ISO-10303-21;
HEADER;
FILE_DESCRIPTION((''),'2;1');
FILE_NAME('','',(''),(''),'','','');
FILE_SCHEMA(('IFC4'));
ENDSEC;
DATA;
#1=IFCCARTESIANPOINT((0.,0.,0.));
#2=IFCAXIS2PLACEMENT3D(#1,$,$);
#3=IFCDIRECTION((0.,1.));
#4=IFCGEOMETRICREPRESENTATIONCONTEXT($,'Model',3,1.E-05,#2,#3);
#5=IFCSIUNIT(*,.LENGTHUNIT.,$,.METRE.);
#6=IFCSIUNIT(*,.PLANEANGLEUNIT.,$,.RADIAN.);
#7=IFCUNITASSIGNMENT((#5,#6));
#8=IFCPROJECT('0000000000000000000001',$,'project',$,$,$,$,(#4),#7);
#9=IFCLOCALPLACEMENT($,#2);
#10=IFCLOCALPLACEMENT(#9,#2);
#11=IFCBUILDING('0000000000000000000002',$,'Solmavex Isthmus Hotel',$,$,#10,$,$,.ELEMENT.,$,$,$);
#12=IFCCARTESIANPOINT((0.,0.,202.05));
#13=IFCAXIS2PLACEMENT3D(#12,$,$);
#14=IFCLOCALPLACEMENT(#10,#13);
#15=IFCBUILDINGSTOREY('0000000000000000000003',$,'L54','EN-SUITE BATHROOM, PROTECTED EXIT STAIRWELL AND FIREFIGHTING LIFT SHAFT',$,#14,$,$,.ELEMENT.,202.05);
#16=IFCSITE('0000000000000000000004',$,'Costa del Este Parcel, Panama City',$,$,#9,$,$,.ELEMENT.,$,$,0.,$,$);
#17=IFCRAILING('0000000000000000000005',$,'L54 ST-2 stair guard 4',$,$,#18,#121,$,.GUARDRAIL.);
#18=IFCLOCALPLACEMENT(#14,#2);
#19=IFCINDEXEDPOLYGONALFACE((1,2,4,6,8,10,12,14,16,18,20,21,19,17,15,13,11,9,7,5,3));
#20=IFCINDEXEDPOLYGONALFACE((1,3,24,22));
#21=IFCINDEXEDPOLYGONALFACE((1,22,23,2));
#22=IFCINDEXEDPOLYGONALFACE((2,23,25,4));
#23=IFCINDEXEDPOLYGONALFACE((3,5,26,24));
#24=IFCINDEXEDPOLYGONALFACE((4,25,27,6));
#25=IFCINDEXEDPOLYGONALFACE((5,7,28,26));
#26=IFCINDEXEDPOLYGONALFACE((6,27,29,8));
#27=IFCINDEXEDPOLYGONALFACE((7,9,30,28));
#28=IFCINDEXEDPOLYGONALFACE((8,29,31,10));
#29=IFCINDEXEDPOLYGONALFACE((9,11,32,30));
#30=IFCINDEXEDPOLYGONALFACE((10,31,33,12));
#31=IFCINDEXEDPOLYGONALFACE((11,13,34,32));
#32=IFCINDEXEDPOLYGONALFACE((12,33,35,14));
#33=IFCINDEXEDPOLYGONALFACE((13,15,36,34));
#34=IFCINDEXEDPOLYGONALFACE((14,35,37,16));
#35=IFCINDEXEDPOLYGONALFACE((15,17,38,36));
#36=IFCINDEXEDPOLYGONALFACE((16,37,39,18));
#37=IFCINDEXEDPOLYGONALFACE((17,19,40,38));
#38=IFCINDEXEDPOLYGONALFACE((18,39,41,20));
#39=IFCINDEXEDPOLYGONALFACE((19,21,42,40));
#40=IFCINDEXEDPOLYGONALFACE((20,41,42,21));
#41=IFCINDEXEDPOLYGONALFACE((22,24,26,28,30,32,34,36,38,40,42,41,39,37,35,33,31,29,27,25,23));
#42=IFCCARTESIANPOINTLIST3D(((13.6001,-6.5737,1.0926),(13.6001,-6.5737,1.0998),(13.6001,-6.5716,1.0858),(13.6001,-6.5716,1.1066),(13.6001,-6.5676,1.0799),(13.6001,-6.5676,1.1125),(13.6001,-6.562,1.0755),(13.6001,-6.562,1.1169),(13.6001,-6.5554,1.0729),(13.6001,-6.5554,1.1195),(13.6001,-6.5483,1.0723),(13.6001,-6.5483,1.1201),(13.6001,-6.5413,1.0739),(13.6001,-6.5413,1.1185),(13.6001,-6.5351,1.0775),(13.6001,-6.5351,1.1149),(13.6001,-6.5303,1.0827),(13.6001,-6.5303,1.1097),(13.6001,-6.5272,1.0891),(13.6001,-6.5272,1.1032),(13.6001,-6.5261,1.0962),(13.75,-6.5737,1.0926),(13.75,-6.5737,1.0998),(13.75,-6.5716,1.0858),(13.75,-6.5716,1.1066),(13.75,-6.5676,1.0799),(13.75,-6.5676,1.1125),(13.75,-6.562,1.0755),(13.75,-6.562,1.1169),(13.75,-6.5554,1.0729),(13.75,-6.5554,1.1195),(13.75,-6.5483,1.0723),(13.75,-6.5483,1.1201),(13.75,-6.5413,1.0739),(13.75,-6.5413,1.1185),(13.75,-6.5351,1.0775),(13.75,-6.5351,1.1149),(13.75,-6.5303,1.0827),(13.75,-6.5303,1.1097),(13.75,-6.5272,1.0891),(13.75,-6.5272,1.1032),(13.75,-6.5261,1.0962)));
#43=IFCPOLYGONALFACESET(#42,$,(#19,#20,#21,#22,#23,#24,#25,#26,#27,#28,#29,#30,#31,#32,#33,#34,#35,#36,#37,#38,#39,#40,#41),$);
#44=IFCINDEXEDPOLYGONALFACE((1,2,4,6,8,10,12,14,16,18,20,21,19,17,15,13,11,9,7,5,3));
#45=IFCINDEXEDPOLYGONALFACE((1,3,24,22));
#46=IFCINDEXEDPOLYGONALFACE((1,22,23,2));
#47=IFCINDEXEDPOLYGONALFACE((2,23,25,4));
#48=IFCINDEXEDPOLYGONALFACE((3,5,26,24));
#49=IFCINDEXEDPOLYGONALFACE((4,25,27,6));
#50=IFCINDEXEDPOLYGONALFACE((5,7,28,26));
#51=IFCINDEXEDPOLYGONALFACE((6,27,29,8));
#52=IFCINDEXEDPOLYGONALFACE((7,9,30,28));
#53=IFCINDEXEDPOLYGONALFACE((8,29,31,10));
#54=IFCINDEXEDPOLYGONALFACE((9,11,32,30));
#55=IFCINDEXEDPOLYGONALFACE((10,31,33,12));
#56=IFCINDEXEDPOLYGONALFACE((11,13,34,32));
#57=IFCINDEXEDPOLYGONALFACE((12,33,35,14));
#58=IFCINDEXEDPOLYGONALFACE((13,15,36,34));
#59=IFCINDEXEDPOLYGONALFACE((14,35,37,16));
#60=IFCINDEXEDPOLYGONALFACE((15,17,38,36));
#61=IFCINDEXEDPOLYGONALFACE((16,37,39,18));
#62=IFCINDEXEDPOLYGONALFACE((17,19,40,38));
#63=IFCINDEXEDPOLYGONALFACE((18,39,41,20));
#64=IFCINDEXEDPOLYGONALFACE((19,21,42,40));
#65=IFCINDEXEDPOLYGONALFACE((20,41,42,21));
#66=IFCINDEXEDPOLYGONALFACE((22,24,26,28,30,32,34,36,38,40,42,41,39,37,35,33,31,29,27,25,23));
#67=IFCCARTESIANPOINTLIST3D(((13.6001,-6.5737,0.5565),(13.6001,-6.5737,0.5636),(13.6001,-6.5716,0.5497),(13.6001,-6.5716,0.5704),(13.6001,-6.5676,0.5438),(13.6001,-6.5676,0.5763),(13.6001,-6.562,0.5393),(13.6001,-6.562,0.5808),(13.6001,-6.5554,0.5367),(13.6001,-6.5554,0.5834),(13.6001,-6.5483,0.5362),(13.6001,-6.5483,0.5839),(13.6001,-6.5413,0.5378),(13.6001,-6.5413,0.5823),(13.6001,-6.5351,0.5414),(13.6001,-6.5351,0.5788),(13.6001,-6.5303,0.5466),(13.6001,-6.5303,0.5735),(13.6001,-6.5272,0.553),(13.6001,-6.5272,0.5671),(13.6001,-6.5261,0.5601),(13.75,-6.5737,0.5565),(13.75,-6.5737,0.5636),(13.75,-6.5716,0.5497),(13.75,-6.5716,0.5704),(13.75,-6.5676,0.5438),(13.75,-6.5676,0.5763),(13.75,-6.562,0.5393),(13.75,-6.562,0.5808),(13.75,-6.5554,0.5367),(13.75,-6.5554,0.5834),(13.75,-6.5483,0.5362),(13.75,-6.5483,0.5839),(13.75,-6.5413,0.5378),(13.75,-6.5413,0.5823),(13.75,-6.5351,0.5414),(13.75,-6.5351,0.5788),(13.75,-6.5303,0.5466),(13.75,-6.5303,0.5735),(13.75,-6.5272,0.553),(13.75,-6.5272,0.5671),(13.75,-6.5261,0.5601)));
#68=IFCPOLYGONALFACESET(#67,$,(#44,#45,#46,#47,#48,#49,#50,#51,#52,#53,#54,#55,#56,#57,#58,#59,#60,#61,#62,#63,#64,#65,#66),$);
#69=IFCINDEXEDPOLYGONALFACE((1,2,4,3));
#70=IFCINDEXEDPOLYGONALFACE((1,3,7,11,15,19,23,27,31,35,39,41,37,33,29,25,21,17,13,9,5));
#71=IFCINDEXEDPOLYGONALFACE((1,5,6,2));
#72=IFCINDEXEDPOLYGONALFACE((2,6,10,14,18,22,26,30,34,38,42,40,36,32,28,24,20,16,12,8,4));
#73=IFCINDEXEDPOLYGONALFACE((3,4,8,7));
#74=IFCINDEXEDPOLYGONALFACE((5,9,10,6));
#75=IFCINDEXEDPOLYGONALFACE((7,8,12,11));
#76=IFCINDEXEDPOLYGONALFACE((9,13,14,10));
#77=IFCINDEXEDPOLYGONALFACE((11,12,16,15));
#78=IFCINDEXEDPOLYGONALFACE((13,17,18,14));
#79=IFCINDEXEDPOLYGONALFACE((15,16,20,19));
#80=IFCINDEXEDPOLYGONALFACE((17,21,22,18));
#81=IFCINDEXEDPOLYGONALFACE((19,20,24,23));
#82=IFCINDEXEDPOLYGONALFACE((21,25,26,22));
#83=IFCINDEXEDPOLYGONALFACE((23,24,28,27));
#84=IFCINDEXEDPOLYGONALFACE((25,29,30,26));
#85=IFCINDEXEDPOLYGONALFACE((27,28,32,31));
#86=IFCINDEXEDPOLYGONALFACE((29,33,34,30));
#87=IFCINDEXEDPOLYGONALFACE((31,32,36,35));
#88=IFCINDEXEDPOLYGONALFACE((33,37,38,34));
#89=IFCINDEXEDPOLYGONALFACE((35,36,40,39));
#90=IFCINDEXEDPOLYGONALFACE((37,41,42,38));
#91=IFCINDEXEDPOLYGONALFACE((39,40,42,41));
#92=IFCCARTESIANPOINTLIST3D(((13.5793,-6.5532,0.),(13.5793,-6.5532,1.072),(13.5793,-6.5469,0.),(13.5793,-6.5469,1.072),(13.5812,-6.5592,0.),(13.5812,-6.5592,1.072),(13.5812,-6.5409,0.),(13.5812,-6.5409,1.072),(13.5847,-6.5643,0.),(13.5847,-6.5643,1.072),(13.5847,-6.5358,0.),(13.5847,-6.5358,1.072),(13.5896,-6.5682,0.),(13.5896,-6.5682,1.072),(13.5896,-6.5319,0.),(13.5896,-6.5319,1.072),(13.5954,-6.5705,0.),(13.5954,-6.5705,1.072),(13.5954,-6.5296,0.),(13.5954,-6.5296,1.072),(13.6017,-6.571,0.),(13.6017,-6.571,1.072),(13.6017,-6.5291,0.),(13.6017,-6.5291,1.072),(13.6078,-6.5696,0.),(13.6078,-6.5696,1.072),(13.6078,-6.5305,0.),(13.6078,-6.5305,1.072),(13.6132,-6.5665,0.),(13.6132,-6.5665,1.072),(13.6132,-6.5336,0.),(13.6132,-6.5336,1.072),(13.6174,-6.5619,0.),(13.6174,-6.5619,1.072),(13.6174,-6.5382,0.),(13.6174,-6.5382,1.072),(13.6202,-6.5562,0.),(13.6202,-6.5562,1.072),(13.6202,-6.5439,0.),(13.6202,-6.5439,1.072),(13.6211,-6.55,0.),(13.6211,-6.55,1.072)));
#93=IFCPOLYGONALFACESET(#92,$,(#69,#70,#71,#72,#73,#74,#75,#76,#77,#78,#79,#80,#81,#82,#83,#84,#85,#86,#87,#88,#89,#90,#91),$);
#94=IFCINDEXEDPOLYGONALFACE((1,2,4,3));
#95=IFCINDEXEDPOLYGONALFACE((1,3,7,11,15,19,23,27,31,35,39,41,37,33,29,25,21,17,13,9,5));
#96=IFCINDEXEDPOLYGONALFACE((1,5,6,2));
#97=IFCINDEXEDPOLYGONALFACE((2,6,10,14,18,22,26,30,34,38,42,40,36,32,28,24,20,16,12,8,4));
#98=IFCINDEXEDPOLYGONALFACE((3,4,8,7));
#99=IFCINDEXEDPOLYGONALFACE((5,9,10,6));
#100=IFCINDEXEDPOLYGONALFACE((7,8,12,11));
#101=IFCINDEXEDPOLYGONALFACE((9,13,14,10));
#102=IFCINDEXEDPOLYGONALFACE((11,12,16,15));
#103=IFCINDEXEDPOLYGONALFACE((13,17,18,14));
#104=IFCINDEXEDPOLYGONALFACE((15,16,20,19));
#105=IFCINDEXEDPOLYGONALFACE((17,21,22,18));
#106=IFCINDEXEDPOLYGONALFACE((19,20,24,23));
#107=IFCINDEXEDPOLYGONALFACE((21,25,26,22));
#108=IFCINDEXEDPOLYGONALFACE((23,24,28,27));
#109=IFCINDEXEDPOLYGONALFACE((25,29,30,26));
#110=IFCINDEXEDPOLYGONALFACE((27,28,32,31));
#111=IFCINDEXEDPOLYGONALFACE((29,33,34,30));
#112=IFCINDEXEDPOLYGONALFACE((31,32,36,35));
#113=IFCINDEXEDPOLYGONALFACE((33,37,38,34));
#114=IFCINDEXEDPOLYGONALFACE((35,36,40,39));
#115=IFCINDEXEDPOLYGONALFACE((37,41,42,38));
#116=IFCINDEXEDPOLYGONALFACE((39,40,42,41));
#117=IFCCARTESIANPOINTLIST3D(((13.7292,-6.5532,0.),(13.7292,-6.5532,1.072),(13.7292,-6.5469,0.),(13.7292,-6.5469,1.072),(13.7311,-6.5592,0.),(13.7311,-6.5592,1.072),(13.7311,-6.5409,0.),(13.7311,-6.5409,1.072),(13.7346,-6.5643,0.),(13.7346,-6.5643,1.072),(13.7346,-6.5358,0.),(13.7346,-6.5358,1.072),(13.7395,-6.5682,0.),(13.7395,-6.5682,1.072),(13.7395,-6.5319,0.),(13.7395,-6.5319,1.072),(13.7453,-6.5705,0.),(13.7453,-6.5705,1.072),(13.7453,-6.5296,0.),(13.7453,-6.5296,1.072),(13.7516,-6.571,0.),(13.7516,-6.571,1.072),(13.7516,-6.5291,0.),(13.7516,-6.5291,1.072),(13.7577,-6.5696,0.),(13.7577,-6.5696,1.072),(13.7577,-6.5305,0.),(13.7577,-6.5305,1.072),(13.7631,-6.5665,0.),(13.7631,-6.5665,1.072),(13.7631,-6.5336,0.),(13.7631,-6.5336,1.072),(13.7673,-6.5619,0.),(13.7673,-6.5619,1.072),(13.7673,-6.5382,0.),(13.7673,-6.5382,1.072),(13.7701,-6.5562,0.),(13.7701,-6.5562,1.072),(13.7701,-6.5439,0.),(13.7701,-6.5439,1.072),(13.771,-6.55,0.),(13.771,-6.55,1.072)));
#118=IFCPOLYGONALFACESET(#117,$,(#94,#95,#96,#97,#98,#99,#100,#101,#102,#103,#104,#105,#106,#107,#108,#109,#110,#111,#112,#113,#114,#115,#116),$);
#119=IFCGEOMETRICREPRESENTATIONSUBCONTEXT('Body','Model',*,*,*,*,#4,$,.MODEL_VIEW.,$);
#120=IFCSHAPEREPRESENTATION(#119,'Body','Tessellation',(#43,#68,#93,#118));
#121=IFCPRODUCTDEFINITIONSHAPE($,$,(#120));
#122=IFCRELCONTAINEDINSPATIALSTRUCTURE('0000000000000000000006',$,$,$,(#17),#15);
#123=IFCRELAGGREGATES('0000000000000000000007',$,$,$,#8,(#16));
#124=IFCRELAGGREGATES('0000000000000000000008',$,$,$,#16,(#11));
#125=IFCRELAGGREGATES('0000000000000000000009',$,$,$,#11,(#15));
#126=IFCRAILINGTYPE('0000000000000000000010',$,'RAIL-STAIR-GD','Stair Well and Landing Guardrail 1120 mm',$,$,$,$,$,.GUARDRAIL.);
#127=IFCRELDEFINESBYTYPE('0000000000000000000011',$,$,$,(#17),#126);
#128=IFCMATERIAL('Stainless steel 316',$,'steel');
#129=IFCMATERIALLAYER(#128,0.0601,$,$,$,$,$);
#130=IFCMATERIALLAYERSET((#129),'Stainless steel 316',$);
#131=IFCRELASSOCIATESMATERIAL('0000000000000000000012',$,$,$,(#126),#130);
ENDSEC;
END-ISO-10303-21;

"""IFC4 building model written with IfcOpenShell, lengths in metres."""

from ifc_helpers import new_model, si_unit, direction, frame, origin, origin_2d, place, context, subcontext, project, spatial, circle, extrude, material, layer, layer_set, type_object, element, save


model = new_model("IFC4")

# Units and contexts
model_context = context("Model", 3, precision=1e-05, world=origin(), true_north=direction((0.0, 1.0)))
body_context = subcontext(model_context, "Body", "Model", "MODEL_VIEW")
ifc_project = project(units=[si_unit("LENGTHUNIT", "METRE"), si_unit("PLANEANGLEUNIT", "RADIAN")], contexts=[model_context])

# Site, building, storey
site_placement = place(None, origin())
site = spatial("IfcSite", under=ifc_project, at=site_placement, Name="Costa del Este Parcel, Panama City", CompositionType="ELEMENT", RefElevation=0.0)
building_placement = place(site_placement, origin())
building = spatial("IfcBuilding", under=site, at=building_placement, Name="Solmavex Isthmus Hotel", CompositionType="ELEMENT")
storey_placement = place(building_placement, frame((0.0, 0.0, 202.05)))
storey = spatial("IfcBuildingStorey", under=building, at=storey_placement, Name="L54", Description="EN-SUITE BATHROOM, PROTECTED EXIT STAIRWELL AND FIREFIGHTING LIFT SHAFT", CompositionType="ELEMENT", Elevation=202.05)

# Railing
ifc_material_1 = material(Name="Stainless steel 316", Category="steel")
ifc_layer_1 = layer(ifc_material_1, 0.0601)
ifc_layer_set_1 = layer_set([ifc_layer_1], Name="Stainless steel 316")
railing_type_1 = type_object("IfcRailingType", Name="RAIL-STAIR-GD", Description="Stair Well and Landing Guardrail 1120 mm", PredefinedType="GUARDRAIL", material=ifc_layer_set_1)
railing_1_placement = place(storey_placement, frame((13.6001, -6.55, 0.0)))
element("IfcRailing", 1, at=railing_1_placement, inside=storey, type_object=railing_type_1, Name="L54 ST-2 stair guard 4", PredefinedType="GUARDRAIL", context=body_context, shape_type="SweptSolid", body=[
    extrude(circle(Radius=0.0239, at=origin_2d()), frame((0.0, 0.0, 1.0962), z_axis=(1.0, 0.0, 0.0), x_axis=(0.0, 1.0, 0.0)), (0.0, 0.0, 1.0), 0.1499),
    extrude(circle(Radius=0.0239, at=origin_2d()), frame((0.0, 0.0, 0.5601), z_axis=(1.0, 0.0, 0.0), x_axis=(0.0, 1.0, 0.0)), (0.0, 0.0, 1.0), 0.1499),
    extrude(circle(Radius=0.021, at=origin_2d()), origin(), (0.0, 0.0, 1.0), 1.072),
    extrude(circle(Radius=0.021, at=origin_2d()), frame((0.1499, 0.0, 0.0)), (0.0, 0.0, 1.0), 1.072),
])

save(model, "model.ifc")
